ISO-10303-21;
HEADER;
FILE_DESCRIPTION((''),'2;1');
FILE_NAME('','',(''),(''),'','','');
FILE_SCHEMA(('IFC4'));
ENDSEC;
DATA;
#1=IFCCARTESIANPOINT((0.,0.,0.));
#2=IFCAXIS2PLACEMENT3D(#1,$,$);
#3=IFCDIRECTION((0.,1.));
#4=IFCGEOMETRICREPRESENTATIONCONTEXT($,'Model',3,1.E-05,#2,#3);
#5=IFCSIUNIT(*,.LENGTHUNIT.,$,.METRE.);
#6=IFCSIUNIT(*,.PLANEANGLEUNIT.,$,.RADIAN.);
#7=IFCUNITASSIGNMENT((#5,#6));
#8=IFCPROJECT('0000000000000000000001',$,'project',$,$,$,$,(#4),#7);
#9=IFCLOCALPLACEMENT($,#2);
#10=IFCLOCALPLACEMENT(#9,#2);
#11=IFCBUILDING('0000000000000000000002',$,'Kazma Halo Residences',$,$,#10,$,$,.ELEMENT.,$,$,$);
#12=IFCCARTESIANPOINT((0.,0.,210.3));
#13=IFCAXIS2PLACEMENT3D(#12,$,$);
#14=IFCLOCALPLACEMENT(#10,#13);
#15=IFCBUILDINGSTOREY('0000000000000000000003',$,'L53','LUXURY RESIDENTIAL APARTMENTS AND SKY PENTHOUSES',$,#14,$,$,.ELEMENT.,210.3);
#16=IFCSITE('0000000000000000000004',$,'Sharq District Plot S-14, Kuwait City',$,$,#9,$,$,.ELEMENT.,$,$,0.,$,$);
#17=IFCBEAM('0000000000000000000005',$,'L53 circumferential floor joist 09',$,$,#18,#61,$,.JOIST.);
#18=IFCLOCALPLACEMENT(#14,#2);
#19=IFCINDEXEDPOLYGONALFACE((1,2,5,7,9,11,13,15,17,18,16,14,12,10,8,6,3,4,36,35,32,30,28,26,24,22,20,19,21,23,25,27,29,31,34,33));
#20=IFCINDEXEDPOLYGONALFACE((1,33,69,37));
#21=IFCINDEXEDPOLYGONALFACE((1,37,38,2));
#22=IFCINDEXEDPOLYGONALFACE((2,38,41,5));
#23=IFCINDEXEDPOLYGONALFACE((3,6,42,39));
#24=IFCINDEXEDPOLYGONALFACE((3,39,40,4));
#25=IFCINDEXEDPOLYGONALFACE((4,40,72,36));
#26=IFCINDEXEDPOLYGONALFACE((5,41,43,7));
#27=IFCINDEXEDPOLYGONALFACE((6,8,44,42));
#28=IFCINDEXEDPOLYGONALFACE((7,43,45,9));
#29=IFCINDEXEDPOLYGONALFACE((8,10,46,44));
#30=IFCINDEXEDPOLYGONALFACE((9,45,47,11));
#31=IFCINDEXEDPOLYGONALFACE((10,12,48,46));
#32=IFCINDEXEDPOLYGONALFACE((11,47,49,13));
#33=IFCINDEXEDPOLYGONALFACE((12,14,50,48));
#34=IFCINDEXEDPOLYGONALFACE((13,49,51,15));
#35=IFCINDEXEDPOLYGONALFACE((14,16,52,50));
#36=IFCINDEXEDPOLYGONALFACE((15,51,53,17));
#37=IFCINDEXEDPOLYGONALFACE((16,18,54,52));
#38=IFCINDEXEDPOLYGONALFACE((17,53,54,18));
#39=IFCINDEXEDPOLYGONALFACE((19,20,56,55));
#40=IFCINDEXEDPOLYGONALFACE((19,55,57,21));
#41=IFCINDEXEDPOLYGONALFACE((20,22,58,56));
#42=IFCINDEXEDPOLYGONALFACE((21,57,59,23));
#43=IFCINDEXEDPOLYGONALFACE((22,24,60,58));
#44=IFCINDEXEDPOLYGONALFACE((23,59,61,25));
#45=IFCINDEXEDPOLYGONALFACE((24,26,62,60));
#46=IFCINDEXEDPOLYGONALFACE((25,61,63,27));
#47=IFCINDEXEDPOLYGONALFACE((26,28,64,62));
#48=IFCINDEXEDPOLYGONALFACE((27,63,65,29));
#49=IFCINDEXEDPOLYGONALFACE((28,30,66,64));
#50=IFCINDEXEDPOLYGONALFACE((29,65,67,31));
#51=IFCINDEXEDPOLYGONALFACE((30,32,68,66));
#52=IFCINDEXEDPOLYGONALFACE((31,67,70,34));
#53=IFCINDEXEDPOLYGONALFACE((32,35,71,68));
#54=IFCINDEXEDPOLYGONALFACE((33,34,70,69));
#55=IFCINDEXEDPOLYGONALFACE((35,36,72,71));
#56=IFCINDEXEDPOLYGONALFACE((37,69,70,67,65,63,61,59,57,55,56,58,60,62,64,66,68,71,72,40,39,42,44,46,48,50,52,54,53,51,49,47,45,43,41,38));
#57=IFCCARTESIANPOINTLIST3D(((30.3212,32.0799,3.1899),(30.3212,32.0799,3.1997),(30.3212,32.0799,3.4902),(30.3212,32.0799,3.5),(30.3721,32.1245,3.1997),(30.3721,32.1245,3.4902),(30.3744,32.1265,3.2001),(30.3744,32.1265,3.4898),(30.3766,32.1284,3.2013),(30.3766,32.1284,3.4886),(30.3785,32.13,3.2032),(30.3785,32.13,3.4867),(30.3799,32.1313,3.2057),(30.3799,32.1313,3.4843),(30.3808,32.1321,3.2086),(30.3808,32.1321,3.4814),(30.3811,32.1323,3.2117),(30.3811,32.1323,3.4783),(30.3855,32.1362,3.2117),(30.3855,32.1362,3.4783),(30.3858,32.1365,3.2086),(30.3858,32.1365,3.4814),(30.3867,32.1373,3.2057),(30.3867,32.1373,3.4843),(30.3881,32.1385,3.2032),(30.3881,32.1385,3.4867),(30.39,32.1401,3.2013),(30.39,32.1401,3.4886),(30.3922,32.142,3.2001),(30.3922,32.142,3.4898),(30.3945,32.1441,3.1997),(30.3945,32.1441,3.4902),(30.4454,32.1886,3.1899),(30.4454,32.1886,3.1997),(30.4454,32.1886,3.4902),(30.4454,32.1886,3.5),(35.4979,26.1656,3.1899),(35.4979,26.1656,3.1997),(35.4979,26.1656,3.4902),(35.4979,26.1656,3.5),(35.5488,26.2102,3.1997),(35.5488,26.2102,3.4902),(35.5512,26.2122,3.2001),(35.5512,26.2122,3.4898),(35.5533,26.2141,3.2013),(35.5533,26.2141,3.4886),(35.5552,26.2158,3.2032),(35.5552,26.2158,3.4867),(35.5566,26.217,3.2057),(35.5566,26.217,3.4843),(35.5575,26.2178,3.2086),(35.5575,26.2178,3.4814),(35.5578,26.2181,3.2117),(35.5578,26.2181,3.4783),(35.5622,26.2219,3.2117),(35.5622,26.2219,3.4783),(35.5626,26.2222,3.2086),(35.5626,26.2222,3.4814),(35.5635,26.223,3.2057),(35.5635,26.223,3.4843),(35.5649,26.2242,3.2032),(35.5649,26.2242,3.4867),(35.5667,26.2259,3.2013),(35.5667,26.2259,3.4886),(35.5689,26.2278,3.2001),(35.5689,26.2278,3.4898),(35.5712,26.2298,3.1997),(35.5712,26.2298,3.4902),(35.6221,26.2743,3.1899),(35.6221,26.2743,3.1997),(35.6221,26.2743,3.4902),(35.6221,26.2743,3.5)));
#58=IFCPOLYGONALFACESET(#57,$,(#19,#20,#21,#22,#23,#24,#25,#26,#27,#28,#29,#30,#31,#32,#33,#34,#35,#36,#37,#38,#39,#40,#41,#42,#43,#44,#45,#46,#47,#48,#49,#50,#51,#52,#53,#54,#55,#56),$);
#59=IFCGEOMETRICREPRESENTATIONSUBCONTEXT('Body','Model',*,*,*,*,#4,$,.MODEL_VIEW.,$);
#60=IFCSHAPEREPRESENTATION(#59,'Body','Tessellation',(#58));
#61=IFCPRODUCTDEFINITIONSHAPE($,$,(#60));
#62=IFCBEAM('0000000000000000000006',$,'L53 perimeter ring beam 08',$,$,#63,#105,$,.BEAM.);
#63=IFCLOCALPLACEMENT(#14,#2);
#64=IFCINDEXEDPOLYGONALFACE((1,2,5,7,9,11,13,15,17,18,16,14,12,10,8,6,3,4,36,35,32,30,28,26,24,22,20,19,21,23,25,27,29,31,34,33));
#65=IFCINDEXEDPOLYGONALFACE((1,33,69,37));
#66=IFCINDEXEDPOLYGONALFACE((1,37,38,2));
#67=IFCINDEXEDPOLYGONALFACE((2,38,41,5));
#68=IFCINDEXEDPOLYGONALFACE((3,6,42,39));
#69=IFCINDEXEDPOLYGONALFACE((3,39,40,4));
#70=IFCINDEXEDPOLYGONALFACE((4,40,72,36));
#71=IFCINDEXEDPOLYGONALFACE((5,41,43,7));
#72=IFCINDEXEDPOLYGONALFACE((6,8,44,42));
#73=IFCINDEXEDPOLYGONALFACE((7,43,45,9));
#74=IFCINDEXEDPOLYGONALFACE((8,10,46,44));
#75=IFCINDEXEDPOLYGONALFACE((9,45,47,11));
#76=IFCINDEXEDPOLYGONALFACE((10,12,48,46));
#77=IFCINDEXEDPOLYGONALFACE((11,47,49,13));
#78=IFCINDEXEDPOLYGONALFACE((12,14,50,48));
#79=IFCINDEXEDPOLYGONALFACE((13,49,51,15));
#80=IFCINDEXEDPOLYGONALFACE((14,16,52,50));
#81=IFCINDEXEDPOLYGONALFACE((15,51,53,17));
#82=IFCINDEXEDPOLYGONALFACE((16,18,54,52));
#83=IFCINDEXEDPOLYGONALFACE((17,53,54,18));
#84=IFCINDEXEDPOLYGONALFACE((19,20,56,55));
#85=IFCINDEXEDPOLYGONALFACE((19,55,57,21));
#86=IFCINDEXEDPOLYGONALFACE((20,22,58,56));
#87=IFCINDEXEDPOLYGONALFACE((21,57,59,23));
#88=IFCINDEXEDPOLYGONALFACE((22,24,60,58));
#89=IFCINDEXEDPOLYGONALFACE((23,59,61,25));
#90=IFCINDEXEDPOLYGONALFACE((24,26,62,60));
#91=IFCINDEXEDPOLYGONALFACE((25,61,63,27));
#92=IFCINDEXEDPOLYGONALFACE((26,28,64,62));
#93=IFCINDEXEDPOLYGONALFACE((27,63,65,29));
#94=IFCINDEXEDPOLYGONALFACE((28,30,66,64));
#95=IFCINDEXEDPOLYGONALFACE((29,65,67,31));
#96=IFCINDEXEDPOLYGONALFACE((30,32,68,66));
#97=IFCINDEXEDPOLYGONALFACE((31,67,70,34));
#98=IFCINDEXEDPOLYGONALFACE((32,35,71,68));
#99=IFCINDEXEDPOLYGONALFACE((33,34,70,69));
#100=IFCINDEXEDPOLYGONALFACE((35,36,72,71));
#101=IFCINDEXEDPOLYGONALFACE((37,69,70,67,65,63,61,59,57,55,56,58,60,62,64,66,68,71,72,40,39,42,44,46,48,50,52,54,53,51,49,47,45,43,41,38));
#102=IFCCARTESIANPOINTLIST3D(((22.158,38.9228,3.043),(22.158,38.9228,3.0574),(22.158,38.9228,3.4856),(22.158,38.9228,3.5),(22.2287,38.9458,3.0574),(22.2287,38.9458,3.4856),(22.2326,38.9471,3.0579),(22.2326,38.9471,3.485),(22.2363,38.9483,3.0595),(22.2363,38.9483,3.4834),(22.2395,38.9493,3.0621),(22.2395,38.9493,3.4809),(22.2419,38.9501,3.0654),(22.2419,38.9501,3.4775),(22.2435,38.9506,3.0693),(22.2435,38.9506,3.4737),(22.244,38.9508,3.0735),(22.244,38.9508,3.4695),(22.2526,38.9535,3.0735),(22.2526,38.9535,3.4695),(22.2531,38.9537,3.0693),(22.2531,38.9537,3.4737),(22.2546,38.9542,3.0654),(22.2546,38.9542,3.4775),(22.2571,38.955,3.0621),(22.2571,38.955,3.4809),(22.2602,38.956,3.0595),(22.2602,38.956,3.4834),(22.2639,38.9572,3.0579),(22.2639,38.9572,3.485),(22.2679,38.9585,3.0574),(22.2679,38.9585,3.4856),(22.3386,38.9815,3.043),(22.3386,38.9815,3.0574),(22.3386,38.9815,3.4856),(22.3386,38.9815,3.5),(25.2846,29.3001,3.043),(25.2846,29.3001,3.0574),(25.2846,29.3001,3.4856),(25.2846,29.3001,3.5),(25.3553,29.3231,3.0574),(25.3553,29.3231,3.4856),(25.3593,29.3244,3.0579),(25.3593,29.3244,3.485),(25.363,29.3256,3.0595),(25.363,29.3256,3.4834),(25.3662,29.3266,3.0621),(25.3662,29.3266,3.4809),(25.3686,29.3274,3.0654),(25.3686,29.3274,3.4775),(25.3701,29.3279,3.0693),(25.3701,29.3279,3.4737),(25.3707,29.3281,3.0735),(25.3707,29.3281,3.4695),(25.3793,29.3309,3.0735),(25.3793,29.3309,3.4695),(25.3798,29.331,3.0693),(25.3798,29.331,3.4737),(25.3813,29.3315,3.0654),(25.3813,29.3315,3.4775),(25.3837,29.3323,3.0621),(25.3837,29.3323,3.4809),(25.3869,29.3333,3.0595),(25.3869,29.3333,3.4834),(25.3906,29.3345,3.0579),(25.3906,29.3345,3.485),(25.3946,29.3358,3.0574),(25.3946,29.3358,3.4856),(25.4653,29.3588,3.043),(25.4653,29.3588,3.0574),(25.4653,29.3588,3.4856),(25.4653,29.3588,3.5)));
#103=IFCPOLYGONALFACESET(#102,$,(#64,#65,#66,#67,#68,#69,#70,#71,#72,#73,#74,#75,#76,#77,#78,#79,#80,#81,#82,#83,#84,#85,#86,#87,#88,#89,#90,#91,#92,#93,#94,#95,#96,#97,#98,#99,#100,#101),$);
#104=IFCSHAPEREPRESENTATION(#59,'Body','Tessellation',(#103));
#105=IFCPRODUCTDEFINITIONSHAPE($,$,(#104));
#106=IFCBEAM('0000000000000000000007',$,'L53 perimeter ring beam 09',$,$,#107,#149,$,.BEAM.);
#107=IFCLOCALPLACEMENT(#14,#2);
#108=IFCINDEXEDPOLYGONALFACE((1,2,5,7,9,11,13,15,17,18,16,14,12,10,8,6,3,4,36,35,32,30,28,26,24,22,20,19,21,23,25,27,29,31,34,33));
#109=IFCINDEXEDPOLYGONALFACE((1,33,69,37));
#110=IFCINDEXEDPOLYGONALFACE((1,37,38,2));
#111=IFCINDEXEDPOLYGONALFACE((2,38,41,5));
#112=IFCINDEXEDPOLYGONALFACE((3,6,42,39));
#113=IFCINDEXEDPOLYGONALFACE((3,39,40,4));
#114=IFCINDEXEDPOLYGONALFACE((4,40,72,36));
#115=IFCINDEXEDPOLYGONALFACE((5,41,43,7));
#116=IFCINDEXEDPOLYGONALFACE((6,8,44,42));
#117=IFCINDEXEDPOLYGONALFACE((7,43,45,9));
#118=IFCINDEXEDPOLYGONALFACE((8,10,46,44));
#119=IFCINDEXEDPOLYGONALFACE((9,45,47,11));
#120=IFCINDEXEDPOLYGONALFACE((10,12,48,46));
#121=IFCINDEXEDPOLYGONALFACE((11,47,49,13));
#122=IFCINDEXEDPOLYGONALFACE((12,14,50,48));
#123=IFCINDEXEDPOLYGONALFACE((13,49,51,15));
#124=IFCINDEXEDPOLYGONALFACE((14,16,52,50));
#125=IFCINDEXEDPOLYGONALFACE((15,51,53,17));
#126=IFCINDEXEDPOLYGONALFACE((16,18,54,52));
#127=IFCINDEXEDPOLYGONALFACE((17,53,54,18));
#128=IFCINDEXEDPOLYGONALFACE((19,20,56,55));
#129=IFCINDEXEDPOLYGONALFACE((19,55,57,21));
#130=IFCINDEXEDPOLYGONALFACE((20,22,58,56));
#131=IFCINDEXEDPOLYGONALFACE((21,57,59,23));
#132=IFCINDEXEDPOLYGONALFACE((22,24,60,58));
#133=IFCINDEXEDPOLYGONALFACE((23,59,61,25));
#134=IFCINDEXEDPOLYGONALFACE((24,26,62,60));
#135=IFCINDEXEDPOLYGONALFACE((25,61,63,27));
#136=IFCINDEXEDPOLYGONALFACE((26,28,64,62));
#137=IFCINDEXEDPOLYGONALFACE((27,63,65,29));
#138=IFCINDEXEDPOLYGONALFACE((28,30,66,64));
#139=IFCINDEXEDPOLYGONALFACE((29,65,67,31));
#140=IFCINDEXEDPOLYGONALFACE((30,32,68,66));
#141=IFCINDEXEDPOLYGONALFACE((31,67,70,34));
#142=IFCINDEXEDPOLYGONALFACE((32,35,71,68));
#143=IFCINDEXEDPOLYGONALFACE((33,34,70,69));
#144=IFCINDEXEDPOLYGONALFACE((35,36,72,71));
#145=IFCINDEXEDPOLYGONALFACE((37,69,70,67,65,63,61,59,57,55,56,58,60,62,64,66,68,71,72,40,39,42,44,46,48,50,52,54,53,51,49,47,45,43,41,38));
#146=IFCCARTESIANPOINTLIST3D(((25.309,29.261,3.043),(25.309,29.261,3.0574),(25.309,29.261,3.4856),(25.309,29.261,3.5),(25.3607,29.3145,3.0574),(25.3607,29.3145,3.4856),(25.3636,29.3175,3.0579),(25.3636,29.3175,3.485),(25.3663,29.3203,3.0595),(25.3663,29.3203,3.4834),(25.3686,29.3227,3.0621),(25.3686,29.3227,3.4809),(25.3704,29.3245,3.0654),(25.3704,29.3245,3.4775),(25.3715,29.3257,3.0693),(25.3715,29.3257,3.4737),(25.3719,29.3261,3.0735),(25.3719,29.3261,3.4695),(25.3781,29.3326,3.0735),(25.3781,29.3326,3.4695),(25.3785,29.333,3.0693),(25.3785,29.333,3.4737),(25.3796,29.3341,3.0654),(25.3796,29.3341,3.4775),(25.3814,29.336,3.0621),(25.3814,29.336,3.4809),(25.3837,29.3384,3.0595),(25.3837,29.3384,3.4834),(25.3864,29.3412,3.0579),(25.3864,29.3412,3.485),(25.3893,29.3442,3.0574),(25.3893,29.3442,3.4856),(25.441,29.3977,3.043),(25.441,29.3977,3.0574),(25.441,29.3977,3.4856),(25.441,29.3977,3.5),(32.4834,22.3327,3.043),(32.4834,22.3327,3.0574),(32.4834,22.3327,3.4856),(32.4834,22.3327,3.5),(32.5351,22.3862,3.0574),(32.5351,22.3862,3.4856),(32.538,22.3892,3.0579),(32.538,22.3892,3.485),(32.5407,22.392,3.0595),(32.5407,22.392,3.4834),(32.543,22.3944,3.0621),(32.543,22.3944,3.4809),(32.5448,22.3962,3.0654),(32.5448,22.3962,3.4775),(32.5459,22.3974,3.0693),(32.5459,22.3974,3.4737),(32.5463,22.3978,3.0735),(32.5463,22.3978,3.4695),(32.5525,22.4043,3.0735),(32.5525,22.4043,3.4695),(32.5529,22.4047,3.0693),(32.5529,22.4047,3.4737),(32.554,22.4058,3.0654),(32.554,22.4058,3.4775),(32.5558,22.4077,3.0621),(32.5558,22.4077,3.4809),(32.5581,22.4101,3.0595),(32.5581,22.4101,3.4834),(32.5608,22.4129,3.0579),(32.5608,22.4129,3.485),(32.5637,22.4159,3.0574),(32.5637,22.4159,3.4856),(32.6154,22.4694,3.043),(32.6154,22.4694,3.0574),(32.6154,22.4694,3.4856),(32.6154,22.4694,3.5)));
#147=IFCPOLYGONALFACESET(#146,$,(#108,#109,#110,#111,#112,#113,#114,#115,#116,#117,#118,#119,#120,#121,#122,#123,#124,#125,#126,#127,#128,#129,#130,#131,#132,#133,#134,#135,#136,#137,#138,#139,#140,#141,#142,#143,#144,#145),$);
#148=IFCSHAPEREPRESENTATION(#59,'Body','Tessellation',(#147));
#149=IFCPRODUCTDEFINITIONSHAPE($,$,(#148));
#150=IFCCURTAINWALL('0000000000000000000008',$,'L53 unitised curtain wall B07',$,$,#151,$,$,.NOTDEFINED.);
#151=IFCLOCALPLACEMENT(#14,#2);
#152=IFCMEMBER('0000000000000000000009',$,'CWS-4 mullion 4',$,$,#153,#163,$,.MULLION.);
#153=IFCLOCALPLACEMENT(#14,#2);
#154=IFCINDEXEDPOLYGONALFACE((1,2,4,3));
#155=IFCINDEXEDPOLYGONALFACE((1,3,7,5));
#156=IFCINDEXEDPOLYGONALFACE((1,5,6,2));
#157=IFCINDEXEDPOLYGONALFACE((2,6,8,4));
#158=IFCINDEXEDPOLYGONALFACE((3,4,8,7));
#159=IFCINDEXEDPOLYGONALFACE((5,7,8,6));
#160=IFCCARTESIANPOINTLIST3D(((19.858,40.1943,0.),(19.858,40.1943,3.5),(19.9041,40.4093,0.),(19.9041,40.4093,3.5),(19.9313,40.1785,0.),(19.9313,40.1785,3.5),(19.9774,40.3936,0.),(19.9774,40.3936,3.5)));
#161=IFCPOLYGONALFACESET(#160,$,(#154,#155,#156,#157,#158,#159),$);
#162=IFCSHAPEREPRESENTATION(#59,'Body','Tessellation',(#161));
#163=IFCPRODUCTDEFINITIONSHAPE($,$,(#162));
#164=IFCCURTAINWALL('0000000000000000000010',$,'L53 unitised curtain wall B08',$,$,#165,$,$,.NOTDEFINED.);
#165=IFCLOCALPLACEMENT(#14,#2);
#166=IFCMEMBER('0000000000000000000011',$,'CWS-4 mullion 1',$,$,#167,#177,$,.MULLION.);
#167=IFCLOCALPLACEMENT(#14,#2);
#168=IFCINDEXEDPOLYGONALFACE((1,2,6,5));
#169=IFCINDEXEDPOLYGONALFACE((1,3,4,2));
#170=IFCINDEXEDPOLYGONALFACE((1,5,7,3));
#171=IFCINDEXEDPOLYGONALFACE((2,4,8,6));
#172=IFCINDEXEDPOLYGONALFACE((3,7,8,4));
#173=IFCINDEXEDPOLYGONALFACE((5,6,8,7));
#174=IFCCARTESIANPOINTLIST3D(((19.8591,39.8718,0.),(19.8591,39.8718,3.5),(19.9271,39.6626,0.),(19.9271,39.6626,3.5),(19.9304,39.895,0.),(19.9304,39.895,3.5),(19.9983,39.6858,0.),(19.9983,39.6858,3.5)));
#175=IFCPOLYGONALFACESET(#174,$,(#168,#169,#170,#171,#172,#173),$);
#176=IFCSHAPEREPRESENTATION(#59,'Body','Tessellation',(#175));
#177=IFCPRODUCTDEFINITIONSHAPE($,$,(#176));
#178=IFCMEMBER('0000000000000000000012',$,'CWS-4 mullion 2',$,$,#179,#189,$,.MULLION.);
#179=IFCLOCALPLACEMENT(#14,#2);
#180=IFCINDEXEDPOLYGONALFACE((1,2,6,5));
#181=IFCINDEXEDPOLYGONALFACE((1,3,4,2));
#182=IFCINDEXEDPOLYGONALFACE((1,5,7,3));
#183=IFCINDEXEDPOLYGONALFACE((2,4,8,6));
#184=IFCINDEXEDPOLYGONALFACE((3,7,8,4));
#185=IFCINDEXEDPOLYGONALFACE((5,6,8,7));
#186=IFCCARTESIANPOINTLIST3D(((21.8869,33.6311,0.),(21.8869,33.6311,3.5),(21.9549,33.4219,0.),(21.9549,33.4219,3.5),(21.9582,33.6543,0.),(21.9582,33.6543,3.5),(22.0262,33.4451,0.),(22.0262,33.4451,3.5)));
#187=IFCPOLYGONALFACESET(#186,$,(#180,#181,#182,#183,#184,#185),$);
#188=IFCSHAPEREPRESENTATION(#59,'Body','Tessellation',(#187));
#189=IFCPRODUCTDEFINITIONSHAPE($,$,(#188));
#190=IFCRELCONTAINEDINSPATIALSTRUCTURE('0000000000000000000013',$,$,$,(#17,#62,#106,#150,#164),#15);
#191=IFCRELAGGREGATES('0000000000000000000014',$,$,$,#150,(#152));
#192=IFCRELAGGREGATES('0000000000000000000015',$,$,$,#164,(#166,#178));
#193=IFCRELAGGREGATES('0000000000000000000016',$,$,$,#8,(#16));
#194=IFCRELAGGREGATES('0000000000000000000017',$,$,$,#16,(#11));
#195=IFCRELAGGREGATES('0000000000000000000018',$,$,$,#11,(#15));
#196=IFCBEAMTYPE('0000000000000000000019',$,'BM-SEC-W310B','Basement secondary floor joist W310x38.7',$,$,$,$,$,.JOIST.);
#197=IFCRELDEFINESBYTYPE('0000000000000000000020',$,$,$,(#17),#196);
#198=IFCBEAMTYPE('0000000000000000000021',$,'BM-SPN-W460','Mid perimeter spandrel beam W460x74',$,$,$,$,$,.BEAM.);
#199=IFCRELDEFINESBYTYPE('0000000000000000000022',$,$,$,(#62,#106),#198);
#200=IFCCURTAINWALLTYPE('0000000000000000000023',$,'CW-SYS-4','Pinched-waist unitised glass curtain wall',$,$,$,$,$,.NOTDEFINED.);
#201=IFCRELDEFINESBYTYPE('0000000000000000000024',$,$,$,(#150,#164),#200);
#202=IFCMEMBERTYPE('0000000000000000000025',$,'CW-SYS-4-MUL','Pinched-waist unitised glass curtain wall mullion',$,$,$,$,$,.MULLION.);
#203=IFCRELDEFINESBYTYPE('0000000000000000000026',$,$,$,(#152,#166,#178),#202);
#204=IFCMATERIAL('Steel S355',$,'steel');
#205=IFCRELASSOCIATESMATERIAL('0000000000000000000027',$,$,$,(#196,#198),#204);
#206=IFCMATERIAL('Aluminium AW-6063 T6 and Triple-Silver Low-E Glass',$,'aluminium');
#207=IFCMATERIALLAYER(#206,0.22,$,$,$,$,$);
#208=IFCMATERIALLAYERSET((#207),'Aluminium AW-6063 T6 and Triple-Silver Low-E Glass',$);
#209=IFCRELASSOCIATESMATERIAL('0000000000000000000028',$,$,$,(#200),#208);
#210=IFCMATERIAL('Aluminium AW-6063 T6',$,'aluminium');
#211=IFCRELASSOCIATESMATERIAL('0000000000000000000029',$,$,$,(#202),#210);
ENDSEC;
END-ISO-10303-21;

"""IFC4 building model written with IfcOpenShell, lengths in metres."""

from ifc_helpers import new_model, si_unit, direction, frame, origin, origin_2d, place, context, subcontext, project, spatial, rectangle, i_section, extrude, material, layer, layer_set, material_profile, profile_set, type_object, element, aggregate, save


model = new_model("IFC4")

# Units and contexts
model_context = context("Model", 3, precision=1e-05, world=origin(), true_north=direction((0.0, 1.0)))
body_context = subcontext(model_context, "Body", "Model", "MODEL_VIEW")
ifc_project = project(units=[si_unit("LENGTHUNIT", "METRE"), si_unit("PLANEANGLEUNIT", "RADIAN")], contexts=[model_context])

# Site, building, storey
site_placement = place(None, origin())
site = spatial("IfcSite", under=ifc_project, at=site_placement, Name="Sharq District Plot S-14, Kuwait City", CompositionType="ELEMENT", RefElevation=0.0)
building_placement = place(site_placement, origin())
building = spatial("IfcBuilding", under=site, at=building_placement, Name="Kazma Halo Residences", CompositionType="ELEMENT")
storey_placement = place(building_placement, frame((0.0, 0.0, 210.3)))
storey = spatial("IfcBuildingStorey", under=building, at=storey_placement, Name="L53", Description="LUXURY RESIDENTIAL APARTMENTS AND SKY PENTHOUSES", CompositionType="ELEMENT", Elevation=210.3)

# Beams
ifc_material_1 = material(Name="Steel S355", Category="steel")
ifc_material_profile_1 = material_profile(ifc_material_1, i_section(OverallWidth=0.165, OverallDepth=0.3101, WebThickness=0.0059, FlangeThickness=0.0098, FilletRadius=0.012, at=origin_2d()), Name="W310x38.7")
ifc_profile_set_1 = profile_set([ifc_material_profile_1], Name="Steel S355")
beam_type_1 = type_object("IfcBeamType", Name="BM-SEC-W310B", Description="Basement secondary floor joist W310x38.7", PredefinedType="JOIST", material=ifc_profile_set_1)
beam_1_placement = place(storey_placement, frame((30.3833, 32.1343, 3.345), z_axis=(0.65863, -0.752467, 0.0), x_axis=(0.752467, 0.65863, 0.0)))
element("IfcBeam", 1, at=beam_1_placement, inside=storey, type_object=beam_type_1, Name="L53 circumferential floor joist 09", PredefinedType="JOIST", context=body_context, shape_type="SweptSolid", body=[
    extrude(i_section(OverallWidth=0.165, OverallDepth=0.3101, WebThickness=0.0059, FlangeThickness=0.0098, FilletRadius=0.012, at=origin_2d()), origin(), (0.0, 0.0, 1.0), 7.8599),
])
ifc_material_profile_2 = material_profile(ifc_material_1, i_section(OverallWidth=0.1899, OverallDepth=0.457, WebThickness=0.009, FlangeThickness=0.0144, FilletRadius=0.0161, at=origin_2d()), Name="W460x74")
ifc_profile_set_2 = profile_set([ifc_material_profile_2], Name="Steel S355")
beam_type_2 = type_object("IfcBeamType", Name="BM-SPN-W460", Description="Mid perimeter spandrel beam W460x74", PredefinedType="BEAM", material=ifc_profile_set_2)
beam_2_placement = place(storey_placement, frame((22.2483, 38.9521, 3.2715), z_axis=(0.309023, -0.951054, 0.0), x_axis=(0.951054, 0.309023, 0.0)))
element("IfcBeam", 2, at=beam_2_placement, inside=storey, type_object=beam_type_2, Name="L53 perimeter ring beam 08", PredefinedType="BEAM", context=body_context, shape_type="SweptSolid", body=[
    extrude(i_section(OverallWidth=0.1899, OverallDepth=0.457, WebThickness=0.009, FlangeThickness=0.0144, FilletRadius=0.0161, at=origin_2d()), origin(), (0.0, 0.0, 1.0), 10.1179),
])
beam_3_placement = place(storey_placement, frame((25.375, 29.3293, 3.2715), z_axis=(0.719337, -0.694662, 0.0), x_axis=(0.694662, 0.719337, 0.0)))
element("IfcBeam", 3, at=beam_3_placement, inside=storey, type_object=beam_type_2, Name="L53 perimeter ring beam 09", PredefinedType="BEAM", context=body_context, shape_type="SweptSolid", body=[
    extrude(i_section(OverallWidth=0.1899, OverallDepth=0.457, WebThickness=0.009, FlangeThickness=0.0144, FilletRadius=0.0161, at=origin_2d()), origin(), (0.0, 0.0, 1.0), 9.9736),
])

# Curtain wall, member
ifc_material_2 = material(Name="Aluminium AW-6063 T6 and Triple-Silver Low-E Glass", Category="aluminium")
ifc_layer_1 = layer(ifc_material_2, 0.22)
ifc_layer_set_1 = layer_set([ifc_layer_1], Name="Aluminium AW-6063 T6 and Triple-Silver Low-E Glass")
curtain_wall_type = type_object("IfcCurtainWallType", Name="CW-SYS-4", Description="Pinched-waist unitised glass curtain wall", PredefinedType="NOTDEFINED", material=ifc_layer_set_1)
curtain_wall_1_placement = place(storey_placement, origin())
curtain_wall_1 = element("IfcCurtainWall", 4, at=curtain_wall_1_placement, inside=storey, type_object=curtain_wall_type, Name="L53 unitised curtain wall B07", PredefinedType="NOTDEFINED")
ifc_material_3 = material(Name="Aluminium AW-6063 T6", Category="aluminium")
ifc_material_profile_3 = material_profile(ifc_material_3, rectangle(XDim=0.075, YDim=0.22, at=origin_2d()), Name="CWM-75x220")
ifc_profile_set_3 = profile_set([ifc_material_profile_3], Name="Aluminium AW-6063 T6")
member_type_1 = type_object("IfcMemberType", Name="CW-SYS-4-MUL", Description="Pinched-waist unitised glass curtain wall mullion", PredefinedType="MULLION", material=ifc_profile_set_3)
member_1_placement = place(storey_placement, frame((19.9177, 40.2939, 0.0), z_axis=(0.0, 0.0, 1.0), x_axis=(0.977768, -0.20969, 0.0)))
member_1 = element("IfcMember", 5, at=member_1_placement, type_object=member_type_1, Name="CWS-4 mullion 4", PredefinedType="MULLION", context=body_context, shape_type="SweptSolid", body=[
    extrude(rectangle(XDim=0.075, YDim=0.22, at=origin_2d()), origin(), (0.0, 0.0, 1.0), 3.5),
])
aggregate(curtain_wall_1, [member_1])

# Curtain wall, members
curtain_wall_2_placement = place(storey_placement, origin())
curtain_wall_2 = element("IfcCurtainWall", 6, at=curtain_wall_2_placement, inside=storey, type_object=curtain_wall_type, Name="L53 unitised curtain wall B08", PredefinedType="NOTDEFINED")
member_2_placement = place(storey_placement, frame((19.9287, 39.7788, 0.0), z_axis=(0.0, 0.0, 1.0), x_axis=(0.951057, 0.309016, 0.0)))
member_2 = element("IfcMember", 7, at=member_2_placement, type_object=member_type_1, Name="CWS-4 mullion 1", PredefinedType="MULLION", context=body_context, shape_type="SweptSolid", body=[
    extrude(rectangle(XDim=0.075, YDim=0.22, at=origin_2d()), origin(), (0.0, 0.0, 1.0), 3.5),
])
member_3_placement = place(storey_placement, frame((21.9565, 33.5381, 0.0), z_axis=(0.0, 0.0, 1.0), x_axis=(0.951057, 0.309016, 0.0)))
member_3 = element("IfcMember", 8, at=member_3_placement, type_object=member_type_1, Name="CWS-4 mullion 2", PredefinedType="MULLION", context=body_context, shape_type="SweptSolid", body=[
    extrude(rectangle(XDim=0.075, YDim=0.22, at=origin_2d()), origin(), (0.0, 0.0, 1.0), 3.5),
])

aggregate(curtain_wall_2, [member_2, member_3])

save(model, "model.ifc")
